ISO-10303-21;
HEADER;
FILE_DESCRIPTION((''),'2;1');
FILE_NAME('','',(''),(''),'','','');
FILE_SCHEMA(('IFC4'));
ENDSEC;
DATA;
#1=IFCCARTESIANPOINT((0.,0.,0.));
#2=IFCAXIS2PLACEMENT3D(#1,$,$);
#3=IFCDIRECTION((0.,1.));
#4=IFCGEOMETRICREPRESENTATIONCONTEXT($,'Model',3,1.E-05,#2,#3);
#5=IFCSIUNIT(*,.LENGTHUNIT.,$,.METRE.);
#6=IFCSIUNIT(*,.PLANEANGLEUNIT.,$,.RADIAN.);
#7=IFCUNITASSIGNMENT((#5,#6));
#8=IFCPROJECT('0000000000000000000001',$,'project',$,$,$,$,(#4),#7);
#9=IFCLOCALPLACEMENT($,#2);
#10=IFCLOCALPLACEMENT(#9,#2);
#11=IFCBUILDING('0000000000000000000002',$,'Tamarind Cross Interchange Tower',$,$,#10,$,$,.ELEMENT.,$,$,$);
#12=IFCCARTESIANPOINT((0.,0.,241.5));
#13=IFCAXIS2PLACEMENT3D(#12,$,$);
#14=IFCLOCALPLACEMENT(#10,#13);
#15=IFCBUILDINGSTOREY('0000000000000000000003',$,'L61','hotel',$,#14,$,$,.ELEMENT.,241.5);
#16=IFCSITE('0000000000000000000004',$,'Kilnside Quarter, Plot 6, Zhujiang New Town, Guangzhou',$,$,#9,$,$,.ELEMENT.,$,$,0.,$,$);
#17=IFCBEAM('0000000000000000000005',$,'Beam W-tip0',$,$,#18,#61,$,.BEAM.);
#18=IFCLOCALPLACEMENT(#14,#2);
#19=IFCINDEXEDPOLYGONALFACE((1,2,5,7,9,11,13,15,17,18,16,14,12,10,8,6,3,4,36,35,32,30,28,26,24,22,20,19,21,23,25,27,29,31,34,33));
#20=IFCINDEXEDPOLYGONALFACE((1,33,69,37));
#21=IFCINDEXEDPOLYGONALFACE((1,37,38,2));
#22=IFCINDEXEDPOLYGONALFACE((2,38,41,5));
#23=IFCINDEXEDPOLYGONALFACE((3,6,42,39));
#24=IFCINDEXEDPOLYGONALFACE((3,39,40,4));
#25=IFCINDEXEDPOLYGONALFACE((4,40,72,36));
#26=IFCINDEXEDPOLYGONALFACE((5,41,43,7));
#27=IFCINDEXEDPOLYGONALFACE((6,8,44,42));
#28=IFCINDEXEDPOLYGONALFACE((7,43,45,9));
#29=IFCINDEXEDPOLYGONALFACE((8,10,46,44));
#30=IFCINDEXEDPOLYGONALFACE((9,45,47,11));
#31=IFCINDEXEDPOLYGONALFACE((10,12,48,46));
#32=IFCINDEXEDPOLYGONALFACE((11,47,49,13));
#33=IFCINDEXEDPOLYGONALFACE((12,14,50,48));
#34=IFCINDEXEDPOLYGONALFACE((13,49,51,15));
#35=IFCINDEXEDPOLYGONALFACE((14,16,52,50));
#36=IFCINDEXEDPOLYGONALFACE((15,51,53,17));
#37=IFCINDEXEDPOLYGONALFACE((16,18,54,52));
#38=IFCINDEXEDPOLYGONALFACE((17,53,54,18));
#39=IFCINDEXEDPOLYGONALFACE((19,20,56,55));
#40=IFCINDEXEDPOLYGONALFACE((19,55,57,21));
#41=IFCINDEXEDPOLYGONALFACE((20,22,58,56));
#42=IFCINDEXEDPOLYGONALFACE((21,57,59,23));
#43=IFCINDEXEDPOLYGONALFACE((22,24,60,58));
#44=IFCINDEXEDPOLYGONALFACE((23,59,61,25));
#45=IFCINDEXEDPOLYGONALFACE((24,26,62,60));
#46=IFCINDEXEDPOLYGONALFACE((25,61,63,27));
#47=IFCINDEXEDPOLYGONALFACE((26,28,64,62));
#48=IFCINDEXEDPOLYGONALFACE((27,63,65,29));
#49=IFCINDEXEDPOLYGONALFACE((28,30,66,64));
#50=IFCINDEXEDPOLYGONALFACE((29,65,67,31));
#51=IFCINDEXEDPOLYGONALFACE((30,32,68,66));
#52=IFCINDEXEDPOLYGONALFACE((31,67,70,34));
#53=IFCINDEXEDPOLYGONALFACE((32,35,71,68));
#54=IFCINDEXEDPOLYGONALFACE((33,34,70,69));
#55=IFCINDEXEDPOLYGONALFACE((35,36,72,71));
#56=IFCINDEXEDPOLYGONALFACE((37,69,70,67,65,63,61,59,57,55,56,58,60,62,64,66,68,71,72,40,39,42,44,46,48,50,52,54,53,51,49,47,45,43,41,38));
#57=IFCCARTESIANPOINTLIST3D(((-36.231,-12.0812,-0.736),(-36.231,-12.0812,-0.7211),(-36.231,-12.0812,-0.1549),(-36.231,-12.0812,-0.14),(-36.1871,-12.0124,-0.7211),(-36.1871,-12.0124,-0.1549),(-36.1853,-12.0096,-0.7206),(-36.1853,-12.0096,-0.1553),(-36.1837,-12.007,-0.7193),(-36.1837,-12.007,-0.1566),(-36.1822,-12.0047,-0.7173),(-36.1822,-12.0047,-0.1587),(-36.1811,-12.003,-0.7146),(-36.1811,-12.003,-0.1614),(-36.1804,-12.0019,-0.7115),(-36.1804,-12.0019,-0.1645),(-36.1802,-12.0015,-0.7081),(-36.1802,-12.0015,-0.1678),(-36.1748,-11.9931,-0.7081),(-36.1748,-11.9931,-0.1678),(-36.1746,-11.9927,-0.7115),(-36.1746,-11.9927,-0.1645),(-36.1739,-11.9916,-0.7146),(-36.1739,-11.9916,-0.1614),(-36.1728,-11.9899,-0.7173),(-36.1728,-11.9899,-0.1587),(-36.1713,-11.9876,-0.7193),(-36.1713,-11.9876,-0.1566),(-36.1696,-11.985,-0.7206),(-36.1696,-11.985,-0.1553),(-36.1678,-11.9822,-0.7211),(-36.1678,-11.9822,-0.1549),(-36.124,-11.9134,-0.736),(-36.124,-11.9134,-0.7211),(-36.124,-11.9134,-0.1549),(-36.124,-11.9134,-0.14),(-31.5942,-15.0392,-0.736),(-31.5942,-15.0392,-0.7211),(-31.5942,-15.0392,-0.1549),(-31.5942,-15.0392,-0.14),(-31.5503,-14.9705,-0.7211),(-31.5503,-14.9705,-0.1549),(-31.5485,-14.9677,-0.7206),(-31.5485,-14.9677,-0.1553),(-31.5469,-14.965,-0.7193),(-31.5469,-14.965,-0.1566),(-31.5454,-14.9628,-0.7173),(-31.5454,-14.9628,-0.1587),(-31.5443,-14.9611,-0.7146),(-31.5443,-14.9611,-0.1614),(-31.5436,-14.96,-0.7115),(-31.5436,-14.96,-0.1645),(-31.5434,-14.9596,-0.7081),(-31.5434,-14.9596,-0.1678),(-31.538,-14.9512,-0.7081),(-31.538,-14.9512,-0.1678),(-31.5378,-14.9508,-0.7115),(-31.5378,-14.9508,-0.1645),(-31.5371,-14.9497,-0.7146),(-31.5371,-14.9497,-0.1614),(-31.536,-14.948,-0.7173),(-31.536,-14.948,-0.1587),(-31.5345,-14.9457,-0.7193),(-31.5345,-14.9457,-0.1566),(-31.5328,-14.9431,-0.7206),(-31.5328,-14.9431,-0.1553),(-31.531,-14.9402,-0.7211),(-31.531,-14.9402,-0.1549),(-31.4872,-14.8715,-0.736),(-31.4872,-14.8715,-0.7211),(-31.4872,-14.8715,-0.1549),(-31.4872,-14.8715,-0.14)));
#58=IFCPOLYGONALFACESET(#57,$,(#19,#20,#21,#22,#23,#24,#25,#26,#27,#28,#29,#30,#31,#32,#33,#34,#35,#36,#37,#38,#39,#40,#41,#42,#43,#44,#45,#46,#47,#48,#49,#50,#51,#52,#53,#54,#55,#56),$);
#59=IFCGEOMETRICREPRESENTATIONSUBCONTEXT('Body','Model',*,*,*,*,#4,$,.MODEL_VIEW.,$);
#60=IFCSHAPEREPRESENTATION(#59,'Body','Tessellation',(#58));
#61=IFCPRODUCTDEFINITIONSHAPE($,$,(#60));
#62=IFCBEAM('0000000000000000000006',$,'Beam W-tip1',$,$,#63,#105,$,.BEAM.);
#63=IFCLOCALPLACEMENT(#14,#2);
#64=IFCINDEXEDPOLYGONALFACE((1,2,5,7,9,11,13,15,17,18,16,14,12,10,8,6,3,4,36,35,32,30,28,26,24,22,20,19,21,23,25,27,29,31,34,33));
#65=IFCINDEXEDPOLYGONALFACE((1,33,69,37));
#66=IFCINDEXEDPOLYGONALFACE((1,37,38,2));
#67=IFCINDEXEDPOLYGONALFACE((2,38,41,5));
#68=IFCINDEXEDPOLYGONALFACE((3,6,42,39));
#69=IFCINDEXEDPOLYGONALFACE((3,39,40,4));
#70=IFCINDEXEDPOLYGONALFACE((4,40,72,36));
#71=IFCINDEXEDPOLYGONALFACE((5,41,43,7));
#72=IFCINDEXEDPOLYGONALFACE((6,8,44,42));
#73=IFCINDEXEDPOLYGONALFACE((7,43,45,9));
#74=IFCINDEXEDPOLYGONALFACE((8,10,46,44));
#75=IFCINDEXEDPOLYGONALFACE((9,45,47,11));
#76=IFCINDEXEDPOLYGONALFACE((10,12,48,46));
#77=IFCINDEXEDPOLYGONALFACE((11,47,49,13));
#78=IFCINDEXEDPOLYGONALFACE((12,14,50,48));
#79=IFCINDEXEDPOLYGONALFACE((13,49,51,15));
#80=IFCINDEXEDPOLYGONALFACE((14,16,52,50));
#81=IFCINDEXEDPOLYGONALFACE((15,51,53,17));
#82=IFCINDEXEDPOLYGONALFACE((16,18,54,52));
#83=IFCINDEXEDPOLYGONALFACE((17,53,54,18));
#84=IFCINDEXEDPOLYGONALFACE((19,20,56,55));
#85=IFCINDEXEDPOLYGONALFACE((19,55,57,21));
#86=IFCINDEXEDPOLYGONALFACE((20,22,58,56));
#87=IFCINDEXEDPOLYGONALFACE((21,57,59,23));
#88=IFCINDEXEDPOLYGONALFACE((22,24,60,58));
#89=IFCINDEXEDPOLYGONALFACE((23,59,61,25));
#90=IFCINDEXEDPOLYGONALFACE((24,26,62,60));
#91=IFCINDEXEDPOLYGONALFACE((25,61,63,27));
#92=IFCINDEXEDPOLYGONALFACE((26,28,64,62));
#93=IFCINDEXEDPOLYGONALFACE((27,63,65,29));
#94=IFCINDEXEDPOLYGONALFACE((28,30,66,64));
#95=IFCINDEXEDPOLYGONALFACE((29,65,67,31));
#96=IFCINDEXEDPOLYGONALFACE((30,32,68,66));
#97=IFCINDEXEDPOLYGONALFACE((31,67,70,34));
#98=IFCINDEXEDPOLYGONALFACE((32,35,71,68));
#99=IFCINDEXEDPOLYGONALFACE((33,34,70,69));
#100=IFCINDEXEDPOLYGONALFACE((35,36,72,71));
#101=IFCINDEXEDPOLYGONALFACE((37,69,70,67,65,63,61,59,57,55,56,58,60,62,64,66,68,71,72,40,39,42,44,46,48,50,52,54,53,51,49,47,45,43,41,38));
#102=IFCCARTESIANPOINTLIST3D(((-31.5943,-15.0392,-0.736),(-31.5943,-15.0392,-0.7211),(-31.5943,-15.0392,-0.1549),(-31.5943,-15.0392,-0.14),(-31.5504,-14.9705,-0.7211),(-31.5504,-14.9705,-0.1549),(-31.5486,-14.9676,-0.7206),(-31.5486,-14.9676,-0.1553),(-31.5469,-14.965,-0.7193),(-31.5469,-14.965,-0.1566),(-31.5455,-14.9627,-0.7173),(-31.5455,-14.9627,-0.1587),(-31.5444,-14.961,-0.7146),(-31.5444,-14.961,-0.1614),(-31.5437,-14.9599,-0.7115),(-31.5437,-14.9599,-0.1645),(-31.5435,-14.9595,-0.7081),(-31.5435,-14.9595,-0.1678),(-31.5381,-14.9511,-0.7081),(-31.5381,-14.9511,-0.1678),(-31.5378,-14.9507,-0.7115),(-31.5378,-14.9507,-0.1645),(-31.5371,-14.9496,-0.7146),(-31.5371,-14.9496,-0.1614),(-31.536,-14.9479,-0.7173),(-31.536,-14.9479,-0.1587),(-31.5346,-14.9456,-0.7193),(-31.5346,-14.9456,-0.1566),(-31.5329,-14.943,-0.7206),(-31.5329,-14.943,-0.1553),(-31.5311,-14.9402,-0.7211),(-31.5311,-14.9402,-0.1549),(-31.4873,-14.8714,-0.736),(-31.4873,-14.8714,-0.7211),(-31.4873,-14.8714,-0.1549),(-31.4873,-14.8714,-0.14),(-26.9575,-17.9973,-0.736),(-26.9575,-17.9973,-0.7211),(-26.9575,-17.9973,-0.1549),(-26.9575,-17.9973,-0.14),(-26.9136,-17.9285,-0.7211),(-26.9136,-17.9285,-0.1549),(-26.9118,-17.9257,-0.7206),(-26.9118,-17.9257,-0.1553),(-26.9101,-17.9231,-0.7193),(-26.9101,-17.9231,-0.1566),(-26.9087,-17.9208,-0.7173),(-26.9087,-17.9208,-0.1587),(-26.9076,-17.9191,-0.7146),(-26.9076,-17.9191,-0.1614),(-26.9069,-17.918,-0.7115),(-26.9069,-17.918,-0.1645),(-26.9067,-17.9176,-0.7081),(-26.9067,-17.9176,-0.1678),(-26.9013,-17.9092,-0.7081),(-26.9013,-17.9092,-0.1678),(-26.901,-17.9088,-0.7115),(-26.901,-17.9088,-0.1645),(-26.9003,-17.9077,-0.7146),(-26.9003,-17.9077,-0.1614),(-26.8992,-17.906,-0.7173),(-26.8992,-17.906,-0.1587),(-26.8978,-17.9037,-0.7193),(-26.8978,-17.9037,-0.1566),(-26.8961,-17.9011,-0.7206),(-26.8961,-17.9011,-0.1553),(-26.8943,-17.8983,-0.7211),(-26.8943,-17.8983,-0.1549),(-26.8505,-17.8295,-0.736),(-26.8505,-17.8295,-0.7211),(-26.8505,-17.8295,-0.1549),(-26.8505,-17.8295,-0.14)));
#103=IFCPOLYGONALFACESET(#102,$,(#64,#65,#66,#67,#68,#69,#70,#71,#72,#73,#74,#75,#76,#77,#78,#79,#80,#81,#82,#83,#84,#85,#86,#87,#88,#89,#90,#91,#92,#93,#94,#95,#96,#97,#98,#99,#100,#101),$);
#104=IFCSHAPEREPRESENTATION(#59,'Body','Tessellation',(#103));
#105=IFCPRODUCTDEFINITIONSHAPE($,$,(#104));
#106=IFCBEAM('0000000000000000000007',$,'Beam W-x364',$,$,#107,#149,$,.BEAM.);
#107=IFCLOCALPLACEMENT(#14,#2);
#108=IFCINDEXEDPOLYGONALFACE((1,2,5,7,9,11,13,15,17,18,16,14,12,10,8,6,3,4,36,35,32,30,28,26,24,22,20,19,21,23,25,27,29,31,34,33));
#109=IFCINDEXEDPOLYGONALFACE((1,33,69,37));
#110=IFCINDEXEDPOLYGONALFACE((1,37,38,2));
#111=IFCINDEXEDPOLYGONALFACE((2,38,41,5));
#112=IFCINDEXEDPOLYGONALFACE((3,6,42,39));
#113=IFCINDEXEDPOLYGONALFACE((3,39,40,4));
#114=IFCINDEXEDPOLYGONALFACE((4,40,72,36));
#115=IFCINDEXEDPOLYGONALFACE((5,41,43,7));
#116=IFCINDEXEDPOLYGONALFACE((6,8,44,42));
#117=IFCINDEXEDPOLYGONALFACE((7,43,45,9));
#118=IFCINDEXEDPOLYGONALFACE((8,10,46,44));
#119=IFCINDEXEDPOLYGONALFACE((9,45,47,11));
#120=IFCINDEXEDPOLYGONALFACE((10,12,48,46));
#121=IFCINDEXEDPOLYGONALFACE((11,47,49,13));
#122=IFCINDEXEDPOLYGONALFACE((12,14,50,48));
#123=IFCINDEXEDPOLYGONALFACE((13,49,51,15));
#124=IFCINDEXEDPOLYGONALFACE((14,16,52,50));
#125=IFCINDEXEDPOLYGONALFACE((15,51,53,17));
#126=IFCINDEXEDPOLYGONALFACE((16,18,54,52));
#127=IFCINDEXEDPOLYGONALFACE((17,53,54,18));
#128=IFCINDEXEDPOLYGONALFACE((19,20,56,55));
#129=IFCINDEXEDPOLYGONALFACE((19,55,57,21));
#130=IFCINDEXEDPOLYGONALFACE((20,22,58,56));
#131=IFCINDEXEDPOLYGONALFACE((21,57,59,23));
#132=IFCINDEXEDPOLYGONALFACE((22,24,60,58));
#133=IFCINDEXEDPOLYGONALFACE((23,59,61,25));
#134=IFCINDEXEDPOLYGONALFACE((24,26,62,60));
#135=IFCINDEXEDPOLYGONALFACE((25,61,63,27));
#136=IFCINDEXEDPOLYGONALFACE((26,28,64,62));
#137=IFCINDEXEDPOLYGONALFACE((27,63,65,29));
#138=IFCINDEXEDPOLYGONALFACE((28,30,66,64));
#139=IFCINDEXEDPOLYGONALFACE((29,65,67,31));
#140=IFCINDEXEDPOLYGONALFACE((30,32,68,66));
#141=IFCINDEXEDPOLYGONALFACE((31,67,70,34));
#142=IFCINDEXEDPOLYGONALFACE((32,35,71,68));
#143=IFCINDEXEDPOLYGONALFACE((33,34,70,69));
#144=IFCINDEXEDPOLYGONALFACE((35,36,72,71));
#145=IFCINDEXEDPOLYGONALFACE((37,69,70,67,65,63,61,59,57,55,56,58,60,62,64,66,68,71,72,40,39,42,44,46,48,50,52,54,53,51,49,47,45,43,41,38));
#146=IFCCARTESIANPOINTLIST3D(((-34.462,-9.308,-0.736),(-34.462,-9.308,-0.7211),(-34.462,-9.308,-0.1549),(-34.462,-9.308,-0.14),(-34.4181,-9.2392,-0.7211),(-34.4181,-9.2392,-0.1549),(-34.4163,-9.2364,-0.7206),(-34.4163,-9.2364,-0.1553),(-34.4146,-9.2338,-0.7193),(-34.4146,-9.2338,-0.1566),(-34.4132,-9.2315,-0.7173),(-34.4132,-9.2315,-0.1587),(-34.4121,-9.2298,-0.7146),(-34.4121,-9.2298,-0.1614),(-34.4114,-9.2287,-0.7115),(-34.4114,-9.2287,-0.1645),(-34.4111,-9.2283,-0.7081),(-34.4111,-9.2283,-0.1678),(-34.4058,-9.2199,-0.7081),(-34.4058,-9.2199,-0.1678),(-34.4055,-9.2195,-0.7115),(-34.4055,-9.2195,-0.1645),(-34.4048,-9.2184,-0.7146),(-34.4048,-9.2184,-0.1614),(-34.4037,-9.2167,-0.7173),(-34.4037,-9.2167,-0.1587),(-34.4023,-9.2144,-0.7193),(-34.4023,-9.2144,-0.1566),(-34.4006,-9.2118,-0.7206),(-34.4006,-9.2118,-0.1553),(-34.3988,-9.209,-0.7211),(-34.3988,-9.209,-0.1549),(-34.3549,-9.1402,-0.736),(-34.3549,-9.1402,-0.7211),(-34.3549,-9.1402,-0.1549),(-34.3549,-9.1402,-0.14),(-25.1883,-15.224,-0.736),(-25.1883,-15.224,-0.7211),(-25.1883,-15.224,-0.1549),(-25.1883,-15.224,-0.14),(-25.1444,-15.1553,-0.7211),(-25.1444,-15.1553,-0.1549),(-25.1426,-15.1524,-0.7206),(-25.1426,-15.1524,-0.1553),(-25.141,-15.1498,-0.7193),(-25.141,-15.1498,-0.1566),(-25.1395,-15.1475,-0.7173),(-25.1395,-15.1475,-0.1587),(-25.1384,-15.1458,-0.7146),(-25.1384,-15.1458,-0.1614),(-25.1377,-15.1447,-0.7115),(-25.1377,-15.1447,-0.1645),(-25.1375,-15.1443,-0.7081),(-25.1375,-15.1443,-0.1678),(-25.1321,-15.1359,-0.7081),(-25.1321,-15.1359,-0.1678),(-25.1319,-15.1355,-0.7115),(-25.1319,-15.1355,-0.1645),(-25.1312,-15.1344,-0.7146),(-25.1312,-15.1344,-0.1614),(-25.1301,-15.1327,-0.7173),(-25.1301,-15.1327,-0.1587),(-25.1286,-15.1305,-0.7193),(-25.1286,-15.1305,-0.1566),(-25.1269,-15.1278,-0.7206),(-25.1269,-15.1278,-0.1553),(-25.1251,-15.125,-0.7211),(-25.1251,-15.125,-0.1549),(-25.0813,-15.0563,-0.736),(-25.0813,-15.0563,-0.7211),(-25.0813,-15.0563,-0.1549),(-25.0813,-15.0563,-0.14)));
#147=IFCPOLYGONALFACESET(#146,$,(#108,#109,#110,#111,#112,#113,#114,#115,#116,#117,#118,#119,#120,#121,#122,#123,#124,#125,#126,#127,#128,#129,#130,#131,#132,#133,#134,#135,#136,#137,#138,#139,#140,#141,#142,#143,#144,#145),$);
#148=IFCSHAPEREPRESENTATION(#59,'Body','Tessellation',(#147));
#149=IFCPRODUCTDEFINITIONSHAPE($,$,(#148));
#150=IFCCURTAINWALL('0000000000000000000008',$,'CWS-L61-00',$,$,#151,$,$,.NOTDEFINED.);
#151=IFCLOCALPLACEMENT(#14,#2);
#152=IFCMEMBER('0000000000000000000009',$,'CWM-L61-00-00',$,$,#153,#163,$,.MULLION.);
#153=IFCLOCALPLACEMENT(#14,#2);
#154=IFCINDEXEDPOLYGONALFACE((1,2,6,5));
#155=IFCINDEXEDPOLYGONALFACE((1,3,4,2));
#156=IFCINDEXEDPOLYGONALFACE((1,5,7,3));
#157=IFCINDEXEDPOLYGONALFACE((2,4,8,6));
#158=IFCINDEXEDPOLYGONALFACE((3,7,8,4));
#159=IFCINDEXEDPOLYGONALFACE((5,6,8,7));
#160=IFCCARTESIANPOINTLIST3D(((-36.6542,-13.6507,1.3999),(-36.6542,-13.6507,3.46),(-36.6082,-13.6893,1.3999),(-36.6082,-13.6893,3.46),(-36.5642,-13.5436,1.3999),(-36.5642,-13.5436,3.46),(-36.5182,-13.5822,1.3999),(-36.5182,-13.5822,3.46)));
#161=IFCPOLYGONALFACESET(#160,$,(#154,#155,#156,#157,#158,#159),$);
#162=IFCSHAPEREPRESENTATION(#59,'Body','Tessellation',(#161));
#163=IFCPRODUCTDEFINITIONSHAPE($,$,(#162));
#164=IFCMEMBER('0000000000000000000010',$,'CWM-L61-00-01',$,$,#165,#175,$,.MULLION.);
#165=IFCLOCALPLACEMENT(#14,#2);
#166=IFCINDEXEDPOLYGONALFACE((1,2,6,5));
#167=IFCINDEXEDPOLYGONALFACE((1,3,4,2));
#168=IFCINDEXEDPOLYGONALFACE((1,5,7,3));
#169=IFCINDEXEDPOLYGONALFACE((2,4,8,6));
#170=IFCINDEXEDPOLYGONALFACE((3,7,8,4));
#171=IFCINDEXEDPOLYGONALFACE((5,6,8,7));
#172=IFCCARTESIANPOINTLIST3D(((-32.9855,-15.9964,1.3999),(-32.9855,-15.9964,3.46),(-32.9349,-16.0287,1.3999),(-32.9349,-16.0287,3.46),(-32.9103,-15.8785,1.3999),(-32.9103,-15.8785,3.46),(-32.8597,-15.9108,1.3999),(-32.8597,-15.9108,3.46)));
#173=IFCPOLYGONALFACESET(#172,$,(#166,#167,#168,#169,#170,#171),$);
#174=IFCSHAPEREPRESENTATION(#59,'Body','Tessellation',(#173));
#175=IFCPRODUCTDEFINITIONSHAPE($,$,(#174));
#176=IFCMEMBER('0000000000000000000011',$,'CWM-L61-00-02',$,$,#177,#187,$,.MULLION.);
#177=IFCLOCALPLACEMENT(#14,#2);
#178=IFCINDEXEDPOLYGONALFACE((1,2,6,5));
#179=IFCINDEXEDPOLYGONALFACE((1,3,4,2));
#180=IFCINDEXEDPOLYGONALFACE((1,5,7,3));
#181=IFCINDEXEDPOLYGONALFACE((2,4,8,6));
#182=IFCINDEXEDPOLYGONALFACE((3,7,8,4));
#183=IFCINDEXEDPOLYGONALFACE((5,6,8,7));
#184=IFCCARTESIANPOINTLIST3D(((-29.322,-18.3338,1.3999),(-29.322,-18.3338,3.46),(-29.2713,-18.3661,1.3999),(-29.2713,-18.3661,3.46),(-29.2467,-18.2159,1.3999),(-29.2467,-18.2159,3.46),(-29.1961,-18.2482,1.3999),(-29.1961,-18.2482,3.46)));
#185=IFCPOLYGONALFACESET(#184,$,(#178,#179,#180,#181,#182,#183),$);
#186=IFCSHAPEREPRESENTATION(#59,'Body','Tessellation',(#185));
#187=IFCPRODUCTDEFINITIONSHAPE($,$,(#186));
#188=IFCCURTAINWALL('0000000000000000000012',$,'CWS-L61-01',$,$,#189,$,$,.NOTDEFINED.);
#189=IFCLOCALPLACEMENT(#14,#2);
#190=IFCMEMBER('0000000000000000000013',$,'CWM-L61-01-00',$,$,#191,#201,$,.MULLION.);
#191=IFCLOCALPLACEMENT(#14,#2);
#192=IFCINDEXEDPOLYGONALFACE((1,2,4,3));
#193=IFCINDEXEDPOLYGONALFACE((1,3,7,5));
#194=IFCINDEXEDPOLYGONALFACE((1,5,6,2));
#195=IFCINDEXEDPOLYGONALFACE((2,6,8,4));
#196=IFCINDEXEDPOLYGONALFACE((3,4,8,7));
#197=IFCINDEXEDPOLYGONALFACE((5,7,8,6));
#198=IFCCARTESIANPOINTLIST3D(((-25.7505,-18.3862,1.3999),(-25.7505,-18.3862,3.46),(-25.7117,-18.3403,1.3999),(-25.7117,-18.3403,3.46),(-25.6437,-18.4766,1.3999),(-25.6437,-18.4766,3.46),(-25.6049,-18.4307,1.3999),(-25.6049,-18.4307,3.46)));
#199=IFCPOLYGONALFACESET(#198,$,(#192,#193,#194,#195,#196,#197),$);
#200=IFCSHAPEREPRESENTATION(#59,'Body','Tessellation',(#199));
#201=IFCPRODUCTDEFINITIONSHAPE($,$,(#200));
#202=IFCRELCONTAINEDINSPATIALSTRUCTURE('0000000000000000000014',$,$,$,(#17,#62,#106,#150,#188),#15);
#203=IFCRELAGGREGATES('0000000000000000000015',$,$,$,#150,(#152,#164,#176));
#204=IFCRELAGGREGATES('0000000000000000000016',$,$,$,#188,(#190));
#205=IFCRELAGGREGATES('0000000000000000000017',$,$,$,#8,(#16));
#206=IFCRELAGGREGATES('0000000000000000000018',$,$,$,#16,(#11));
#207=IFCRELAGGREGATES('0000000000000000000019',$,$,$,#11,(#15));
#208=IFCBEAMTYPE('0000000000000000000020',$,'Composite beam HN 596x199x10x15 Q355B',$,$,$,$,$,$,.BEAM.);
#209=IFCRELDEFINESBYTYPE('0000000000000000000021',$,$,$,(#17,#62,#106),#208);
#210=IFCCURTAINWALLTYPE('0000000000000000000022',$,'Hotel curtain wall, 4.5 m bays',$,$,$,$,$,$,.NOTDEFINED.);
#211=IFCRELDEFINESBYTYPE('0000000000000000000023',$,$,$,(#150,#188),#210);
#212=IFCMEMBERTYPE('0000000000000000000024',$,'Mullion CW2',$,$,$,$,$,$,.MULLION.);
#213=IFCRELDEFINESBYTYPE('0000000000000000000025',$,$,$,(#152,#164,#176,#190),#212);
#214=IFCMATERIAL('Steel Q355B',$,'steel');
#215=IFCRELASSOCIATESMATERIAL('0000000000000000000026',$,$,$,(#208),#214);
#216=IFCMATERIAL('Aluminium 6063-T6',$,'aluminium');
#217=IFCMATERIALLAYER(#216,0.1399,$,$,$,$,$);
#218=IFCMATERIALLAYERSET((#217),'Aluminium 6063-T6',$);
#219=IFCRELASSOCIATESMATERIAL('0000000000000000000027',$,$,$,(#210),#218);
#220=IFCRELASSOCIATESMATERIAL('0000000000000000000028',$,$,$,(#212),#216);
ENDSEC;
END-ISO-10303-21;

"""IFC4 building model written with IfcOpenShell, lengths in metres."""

from ifc_helpers import new_model, si_unit, direction, frame, origin, origin_2d, place, context, subcontext, project, spatial, rectangle, i_section, extrude, material, layer, layer_set, material_profile, profile_set, type_object, element, aggregate, save


model = new_model("IFC4")

# Units and contexts
model_context = context("Model", 3, precision=1e-05, world=origin(), true_north=direction((0.0, 1.0)))
body_context = subcontext(model_context, "Body", "Model", "MODEL_VIEW")
ifc_project = project(units=[si_unit("LENGTHUNIT", "METRE"), si_unit("PLANEANGLEUNIT", "RADIAN")], contexts=[model_context])

# Site, building, storey
site_placement = place(None, origin())
site = spatial("IfcSite", under=ifc_project, at=site_placement, Name="Kilnside Quarter, Plot 6, Zhujiang New Town, Guangzhou", CompositionType="ELEMENT", RefElevation=0.0)
building_placement = place(site_placement, origin())
building = spatial("IfcBuilding", under=site, at=building_placement, Name="Tamarind Cross Interchange Tower", CompositionType="ELEMENT")
storey_placement = place(building_placement, frame((0.0, 0.0, 241.5)))
storey = spatial("IfcBuildingStorey", under=building, at=storey_placement, Name="L61", Description="hotel", CompositionType="ELEMENT", Elevation=241.5)

# Beams
ifc_material_1 = material(Name="Steel Q355B", Category="steel")
ifc_material_profile_1 = material_profile(ifc_material_1, i_section(OverallWidth=0.199, OverallDepth=0.5959, WebThickness=0.01, FlangeThickness=0.0149, FilletRadius=0.0129, at=origin_2d()), Name="HN 596x199x10x15")
ifc_profile_set_1 = profile_set([ifc_material_profile_1], Name="Steel Q355B")
beam_type_1 = type_object("IfcBeamType", Name="Composite beam HN 596x199x10x15 Q355B", PredefinedType="BEAM", material=ifc_profile_set_1)
for number, where, z_axis, x_axis, name in (
    (1, (-36.1775, -11.9973, -0.438), (0.843054, -0.537829, 0.0), (0.537829, 0.843054, 0.0), "Beam W-tip0"),
    (2, (-31.5408, -14.9553, -0.438), (0.843054, -0.537829, 0.0), (0.537829, 0.843054, 0.0), "Beam W-tip1"),
):
    element("IfcBeam", number, at=place(storey_placement, frame(where, z_axis=z_axis, x_axis=x_axis)), inside=storey, type_object=beam_type_1, Name=name, PredefinedType="BEAM", context=body_context, shape_type="SweptSolid", body=[
        extrude(i_section(OverallWidth=0.199, OverallDepth=0.5959, WebThickness=0.01, FlangeThickness=0.0149, FilletRadius=0.0129, at=origin_2d()), origin(), (0.0, 0.0, 1.0), 5.5),
    ])
beam_1_placement = place(storey_placement, frame((-34.4084, -9.2241, -0.438), z_axis=(0.843061, -0.537819, 0.0), x_axis=(0.537819, 0.843061, 0.0)))
element("IfcBeam", 3, at=beam_1_placement, inside=storey, type_object=beam_type_1, Name="Beam W-x364", PredefinedType="BEAM", context=body_context, shape_type="SweptSolid", body=[
    extrude(i_section(OverallWidth=0.199, OverallDepth=0.5959, WebThickness=0.01, FlangeThickness=0.0149, FilletRadius=0.0129, at=origin_2d()), origin(), (0.0, 0.0, 1.0), 11.0),
])

# Curtain wall, members
ifc_material_2 = material(Name="Aluminium 6063-T6", Category="aluminium")
ifc_layer_1 = layer(ifc_material_2, 0.1399)
ifc_layer_set_1 = layer_set([ifc_layer_1], Name="Aluminium 6063-T6")
curtain_wall_type = type_object("IfcCurtainWallType", Name="Hotel curtain wall, 4.5 m bays", PredefinedType="NOTDEFINED", material=ifc_layer_set_1)
curtain_wall_1_placement = place(storey_placement, origin())
curtain_wall_1 = element("IfcCurtainWall", 4, at=curtain_wall_1_placement, inside=storey, type_object=curtain_wall_type, Name="CWS-L61-00", PredefinedType="NOTDEFINED")
ifc_material_profile_2 = material_profile(ifc_material_2, rectangle(XDim=0.0601, YDim=0.1399, at=origin_2d()), Name="Mullion CW2")
ifc_profile_set_2 = profile_set([ifc_material_profile_2], Name="Aluminium 6063-T6")
member_type = type_object("IfcMemberType", Name="Mullion CW2", PredefinedType="MULLION", material=ifc_profile_set_2)
member_1_placement = place(storey_placement, frame((-36.5862, -13.6165, 1.3999), z_axis=(0.0, 0.0, 1.0), x_axis=(0.76564, -0.643269, 0.0)))
member_1 = element("IfcMember", 5, at=member_1_placement, type_object=member_type, Name="CWM-L61-00-00", PredefinedType="MULLION", context=body_context, shape_type="SweptSolid", body=[
    extrude(rectangle(XDim=0.0601, YDim=0.1399, at=origin_2d()), origin(), (0.0, 0.0, 1.0), 2.0601),
])
member_2_placement = place(storey_placement, frame((-32.9226, -15.9536, 1.3999), z_axis=(0.0, 0.0, 1.0), x_axis=(0.843054, -0.537829, 0.0)))
member_2 = element("IfcMember", 6, at=member_2_placement, type_object=member_type, Name="CWM-L61-00-01", PredefinedType="MULLION", context=body_context, shape_type="SweptSolid", body=[
    extrude(rectangle(XDim=0.0601, YDim=0.1399, at=origin_2d()), origin(), (0.0, 0.0, 1.0), 2.0601),
])
member_3_placement = place(storey_placement, frame((-29.259, -18.291, 1.3999), z_axis=(0.0, 0.0, 1.0), x_axis=(0.843054, -0.537829, 0.0)))
member_3 = element("IfcMember", 7, at=member_3_placement, type_object=member_type, Name="CWM-L61-00-02", PredefinedType="MULLION", context=body_context, shape_type="SweptSolid", body=[
    extrude(rectangle(XDim=0.0601, YDim=0.1399, at=origin_2d()), origin(), (0.0, 0.0, 1.0), 2.0601),
])
aggregate(curtain_wall_1, [member_1, member_2, member_3])

# Curtain wall, member
curtain_wall_2_placement = place(storey_placement, origin())
curtain_wall_2 = element("IfcCurtainWall", 8, at=curtain_wall_2_placement, inside=storey, type_object=curtain_wall_type, Name="CWS-L61-01", PredefinedType="NOTDEFINED")
member_4_placement = place(storey_placement, frame((-25.6777, -18.4084, 1.3999), z_axis=(0.0, 0.0, 1.0), x_axis=(0.645946, 0.763383, 0.0)))
member_4 = element("IfcMember", 9, at=member_4_placement, type_object=member_type, Name="CWM-L61-01-00", PredefinedType="MULLION", context=body_context, shape_type="SweptSolid", body=[
    extrude(rectangle(XDim=0.0601, YDim=0.1399, at=origin_2d()), origin(), (0.0, 0.0, 1.0), 2.0601),
])
aggregate(curtain_wall_2, [member_4])

save(model, "model.ifc")
